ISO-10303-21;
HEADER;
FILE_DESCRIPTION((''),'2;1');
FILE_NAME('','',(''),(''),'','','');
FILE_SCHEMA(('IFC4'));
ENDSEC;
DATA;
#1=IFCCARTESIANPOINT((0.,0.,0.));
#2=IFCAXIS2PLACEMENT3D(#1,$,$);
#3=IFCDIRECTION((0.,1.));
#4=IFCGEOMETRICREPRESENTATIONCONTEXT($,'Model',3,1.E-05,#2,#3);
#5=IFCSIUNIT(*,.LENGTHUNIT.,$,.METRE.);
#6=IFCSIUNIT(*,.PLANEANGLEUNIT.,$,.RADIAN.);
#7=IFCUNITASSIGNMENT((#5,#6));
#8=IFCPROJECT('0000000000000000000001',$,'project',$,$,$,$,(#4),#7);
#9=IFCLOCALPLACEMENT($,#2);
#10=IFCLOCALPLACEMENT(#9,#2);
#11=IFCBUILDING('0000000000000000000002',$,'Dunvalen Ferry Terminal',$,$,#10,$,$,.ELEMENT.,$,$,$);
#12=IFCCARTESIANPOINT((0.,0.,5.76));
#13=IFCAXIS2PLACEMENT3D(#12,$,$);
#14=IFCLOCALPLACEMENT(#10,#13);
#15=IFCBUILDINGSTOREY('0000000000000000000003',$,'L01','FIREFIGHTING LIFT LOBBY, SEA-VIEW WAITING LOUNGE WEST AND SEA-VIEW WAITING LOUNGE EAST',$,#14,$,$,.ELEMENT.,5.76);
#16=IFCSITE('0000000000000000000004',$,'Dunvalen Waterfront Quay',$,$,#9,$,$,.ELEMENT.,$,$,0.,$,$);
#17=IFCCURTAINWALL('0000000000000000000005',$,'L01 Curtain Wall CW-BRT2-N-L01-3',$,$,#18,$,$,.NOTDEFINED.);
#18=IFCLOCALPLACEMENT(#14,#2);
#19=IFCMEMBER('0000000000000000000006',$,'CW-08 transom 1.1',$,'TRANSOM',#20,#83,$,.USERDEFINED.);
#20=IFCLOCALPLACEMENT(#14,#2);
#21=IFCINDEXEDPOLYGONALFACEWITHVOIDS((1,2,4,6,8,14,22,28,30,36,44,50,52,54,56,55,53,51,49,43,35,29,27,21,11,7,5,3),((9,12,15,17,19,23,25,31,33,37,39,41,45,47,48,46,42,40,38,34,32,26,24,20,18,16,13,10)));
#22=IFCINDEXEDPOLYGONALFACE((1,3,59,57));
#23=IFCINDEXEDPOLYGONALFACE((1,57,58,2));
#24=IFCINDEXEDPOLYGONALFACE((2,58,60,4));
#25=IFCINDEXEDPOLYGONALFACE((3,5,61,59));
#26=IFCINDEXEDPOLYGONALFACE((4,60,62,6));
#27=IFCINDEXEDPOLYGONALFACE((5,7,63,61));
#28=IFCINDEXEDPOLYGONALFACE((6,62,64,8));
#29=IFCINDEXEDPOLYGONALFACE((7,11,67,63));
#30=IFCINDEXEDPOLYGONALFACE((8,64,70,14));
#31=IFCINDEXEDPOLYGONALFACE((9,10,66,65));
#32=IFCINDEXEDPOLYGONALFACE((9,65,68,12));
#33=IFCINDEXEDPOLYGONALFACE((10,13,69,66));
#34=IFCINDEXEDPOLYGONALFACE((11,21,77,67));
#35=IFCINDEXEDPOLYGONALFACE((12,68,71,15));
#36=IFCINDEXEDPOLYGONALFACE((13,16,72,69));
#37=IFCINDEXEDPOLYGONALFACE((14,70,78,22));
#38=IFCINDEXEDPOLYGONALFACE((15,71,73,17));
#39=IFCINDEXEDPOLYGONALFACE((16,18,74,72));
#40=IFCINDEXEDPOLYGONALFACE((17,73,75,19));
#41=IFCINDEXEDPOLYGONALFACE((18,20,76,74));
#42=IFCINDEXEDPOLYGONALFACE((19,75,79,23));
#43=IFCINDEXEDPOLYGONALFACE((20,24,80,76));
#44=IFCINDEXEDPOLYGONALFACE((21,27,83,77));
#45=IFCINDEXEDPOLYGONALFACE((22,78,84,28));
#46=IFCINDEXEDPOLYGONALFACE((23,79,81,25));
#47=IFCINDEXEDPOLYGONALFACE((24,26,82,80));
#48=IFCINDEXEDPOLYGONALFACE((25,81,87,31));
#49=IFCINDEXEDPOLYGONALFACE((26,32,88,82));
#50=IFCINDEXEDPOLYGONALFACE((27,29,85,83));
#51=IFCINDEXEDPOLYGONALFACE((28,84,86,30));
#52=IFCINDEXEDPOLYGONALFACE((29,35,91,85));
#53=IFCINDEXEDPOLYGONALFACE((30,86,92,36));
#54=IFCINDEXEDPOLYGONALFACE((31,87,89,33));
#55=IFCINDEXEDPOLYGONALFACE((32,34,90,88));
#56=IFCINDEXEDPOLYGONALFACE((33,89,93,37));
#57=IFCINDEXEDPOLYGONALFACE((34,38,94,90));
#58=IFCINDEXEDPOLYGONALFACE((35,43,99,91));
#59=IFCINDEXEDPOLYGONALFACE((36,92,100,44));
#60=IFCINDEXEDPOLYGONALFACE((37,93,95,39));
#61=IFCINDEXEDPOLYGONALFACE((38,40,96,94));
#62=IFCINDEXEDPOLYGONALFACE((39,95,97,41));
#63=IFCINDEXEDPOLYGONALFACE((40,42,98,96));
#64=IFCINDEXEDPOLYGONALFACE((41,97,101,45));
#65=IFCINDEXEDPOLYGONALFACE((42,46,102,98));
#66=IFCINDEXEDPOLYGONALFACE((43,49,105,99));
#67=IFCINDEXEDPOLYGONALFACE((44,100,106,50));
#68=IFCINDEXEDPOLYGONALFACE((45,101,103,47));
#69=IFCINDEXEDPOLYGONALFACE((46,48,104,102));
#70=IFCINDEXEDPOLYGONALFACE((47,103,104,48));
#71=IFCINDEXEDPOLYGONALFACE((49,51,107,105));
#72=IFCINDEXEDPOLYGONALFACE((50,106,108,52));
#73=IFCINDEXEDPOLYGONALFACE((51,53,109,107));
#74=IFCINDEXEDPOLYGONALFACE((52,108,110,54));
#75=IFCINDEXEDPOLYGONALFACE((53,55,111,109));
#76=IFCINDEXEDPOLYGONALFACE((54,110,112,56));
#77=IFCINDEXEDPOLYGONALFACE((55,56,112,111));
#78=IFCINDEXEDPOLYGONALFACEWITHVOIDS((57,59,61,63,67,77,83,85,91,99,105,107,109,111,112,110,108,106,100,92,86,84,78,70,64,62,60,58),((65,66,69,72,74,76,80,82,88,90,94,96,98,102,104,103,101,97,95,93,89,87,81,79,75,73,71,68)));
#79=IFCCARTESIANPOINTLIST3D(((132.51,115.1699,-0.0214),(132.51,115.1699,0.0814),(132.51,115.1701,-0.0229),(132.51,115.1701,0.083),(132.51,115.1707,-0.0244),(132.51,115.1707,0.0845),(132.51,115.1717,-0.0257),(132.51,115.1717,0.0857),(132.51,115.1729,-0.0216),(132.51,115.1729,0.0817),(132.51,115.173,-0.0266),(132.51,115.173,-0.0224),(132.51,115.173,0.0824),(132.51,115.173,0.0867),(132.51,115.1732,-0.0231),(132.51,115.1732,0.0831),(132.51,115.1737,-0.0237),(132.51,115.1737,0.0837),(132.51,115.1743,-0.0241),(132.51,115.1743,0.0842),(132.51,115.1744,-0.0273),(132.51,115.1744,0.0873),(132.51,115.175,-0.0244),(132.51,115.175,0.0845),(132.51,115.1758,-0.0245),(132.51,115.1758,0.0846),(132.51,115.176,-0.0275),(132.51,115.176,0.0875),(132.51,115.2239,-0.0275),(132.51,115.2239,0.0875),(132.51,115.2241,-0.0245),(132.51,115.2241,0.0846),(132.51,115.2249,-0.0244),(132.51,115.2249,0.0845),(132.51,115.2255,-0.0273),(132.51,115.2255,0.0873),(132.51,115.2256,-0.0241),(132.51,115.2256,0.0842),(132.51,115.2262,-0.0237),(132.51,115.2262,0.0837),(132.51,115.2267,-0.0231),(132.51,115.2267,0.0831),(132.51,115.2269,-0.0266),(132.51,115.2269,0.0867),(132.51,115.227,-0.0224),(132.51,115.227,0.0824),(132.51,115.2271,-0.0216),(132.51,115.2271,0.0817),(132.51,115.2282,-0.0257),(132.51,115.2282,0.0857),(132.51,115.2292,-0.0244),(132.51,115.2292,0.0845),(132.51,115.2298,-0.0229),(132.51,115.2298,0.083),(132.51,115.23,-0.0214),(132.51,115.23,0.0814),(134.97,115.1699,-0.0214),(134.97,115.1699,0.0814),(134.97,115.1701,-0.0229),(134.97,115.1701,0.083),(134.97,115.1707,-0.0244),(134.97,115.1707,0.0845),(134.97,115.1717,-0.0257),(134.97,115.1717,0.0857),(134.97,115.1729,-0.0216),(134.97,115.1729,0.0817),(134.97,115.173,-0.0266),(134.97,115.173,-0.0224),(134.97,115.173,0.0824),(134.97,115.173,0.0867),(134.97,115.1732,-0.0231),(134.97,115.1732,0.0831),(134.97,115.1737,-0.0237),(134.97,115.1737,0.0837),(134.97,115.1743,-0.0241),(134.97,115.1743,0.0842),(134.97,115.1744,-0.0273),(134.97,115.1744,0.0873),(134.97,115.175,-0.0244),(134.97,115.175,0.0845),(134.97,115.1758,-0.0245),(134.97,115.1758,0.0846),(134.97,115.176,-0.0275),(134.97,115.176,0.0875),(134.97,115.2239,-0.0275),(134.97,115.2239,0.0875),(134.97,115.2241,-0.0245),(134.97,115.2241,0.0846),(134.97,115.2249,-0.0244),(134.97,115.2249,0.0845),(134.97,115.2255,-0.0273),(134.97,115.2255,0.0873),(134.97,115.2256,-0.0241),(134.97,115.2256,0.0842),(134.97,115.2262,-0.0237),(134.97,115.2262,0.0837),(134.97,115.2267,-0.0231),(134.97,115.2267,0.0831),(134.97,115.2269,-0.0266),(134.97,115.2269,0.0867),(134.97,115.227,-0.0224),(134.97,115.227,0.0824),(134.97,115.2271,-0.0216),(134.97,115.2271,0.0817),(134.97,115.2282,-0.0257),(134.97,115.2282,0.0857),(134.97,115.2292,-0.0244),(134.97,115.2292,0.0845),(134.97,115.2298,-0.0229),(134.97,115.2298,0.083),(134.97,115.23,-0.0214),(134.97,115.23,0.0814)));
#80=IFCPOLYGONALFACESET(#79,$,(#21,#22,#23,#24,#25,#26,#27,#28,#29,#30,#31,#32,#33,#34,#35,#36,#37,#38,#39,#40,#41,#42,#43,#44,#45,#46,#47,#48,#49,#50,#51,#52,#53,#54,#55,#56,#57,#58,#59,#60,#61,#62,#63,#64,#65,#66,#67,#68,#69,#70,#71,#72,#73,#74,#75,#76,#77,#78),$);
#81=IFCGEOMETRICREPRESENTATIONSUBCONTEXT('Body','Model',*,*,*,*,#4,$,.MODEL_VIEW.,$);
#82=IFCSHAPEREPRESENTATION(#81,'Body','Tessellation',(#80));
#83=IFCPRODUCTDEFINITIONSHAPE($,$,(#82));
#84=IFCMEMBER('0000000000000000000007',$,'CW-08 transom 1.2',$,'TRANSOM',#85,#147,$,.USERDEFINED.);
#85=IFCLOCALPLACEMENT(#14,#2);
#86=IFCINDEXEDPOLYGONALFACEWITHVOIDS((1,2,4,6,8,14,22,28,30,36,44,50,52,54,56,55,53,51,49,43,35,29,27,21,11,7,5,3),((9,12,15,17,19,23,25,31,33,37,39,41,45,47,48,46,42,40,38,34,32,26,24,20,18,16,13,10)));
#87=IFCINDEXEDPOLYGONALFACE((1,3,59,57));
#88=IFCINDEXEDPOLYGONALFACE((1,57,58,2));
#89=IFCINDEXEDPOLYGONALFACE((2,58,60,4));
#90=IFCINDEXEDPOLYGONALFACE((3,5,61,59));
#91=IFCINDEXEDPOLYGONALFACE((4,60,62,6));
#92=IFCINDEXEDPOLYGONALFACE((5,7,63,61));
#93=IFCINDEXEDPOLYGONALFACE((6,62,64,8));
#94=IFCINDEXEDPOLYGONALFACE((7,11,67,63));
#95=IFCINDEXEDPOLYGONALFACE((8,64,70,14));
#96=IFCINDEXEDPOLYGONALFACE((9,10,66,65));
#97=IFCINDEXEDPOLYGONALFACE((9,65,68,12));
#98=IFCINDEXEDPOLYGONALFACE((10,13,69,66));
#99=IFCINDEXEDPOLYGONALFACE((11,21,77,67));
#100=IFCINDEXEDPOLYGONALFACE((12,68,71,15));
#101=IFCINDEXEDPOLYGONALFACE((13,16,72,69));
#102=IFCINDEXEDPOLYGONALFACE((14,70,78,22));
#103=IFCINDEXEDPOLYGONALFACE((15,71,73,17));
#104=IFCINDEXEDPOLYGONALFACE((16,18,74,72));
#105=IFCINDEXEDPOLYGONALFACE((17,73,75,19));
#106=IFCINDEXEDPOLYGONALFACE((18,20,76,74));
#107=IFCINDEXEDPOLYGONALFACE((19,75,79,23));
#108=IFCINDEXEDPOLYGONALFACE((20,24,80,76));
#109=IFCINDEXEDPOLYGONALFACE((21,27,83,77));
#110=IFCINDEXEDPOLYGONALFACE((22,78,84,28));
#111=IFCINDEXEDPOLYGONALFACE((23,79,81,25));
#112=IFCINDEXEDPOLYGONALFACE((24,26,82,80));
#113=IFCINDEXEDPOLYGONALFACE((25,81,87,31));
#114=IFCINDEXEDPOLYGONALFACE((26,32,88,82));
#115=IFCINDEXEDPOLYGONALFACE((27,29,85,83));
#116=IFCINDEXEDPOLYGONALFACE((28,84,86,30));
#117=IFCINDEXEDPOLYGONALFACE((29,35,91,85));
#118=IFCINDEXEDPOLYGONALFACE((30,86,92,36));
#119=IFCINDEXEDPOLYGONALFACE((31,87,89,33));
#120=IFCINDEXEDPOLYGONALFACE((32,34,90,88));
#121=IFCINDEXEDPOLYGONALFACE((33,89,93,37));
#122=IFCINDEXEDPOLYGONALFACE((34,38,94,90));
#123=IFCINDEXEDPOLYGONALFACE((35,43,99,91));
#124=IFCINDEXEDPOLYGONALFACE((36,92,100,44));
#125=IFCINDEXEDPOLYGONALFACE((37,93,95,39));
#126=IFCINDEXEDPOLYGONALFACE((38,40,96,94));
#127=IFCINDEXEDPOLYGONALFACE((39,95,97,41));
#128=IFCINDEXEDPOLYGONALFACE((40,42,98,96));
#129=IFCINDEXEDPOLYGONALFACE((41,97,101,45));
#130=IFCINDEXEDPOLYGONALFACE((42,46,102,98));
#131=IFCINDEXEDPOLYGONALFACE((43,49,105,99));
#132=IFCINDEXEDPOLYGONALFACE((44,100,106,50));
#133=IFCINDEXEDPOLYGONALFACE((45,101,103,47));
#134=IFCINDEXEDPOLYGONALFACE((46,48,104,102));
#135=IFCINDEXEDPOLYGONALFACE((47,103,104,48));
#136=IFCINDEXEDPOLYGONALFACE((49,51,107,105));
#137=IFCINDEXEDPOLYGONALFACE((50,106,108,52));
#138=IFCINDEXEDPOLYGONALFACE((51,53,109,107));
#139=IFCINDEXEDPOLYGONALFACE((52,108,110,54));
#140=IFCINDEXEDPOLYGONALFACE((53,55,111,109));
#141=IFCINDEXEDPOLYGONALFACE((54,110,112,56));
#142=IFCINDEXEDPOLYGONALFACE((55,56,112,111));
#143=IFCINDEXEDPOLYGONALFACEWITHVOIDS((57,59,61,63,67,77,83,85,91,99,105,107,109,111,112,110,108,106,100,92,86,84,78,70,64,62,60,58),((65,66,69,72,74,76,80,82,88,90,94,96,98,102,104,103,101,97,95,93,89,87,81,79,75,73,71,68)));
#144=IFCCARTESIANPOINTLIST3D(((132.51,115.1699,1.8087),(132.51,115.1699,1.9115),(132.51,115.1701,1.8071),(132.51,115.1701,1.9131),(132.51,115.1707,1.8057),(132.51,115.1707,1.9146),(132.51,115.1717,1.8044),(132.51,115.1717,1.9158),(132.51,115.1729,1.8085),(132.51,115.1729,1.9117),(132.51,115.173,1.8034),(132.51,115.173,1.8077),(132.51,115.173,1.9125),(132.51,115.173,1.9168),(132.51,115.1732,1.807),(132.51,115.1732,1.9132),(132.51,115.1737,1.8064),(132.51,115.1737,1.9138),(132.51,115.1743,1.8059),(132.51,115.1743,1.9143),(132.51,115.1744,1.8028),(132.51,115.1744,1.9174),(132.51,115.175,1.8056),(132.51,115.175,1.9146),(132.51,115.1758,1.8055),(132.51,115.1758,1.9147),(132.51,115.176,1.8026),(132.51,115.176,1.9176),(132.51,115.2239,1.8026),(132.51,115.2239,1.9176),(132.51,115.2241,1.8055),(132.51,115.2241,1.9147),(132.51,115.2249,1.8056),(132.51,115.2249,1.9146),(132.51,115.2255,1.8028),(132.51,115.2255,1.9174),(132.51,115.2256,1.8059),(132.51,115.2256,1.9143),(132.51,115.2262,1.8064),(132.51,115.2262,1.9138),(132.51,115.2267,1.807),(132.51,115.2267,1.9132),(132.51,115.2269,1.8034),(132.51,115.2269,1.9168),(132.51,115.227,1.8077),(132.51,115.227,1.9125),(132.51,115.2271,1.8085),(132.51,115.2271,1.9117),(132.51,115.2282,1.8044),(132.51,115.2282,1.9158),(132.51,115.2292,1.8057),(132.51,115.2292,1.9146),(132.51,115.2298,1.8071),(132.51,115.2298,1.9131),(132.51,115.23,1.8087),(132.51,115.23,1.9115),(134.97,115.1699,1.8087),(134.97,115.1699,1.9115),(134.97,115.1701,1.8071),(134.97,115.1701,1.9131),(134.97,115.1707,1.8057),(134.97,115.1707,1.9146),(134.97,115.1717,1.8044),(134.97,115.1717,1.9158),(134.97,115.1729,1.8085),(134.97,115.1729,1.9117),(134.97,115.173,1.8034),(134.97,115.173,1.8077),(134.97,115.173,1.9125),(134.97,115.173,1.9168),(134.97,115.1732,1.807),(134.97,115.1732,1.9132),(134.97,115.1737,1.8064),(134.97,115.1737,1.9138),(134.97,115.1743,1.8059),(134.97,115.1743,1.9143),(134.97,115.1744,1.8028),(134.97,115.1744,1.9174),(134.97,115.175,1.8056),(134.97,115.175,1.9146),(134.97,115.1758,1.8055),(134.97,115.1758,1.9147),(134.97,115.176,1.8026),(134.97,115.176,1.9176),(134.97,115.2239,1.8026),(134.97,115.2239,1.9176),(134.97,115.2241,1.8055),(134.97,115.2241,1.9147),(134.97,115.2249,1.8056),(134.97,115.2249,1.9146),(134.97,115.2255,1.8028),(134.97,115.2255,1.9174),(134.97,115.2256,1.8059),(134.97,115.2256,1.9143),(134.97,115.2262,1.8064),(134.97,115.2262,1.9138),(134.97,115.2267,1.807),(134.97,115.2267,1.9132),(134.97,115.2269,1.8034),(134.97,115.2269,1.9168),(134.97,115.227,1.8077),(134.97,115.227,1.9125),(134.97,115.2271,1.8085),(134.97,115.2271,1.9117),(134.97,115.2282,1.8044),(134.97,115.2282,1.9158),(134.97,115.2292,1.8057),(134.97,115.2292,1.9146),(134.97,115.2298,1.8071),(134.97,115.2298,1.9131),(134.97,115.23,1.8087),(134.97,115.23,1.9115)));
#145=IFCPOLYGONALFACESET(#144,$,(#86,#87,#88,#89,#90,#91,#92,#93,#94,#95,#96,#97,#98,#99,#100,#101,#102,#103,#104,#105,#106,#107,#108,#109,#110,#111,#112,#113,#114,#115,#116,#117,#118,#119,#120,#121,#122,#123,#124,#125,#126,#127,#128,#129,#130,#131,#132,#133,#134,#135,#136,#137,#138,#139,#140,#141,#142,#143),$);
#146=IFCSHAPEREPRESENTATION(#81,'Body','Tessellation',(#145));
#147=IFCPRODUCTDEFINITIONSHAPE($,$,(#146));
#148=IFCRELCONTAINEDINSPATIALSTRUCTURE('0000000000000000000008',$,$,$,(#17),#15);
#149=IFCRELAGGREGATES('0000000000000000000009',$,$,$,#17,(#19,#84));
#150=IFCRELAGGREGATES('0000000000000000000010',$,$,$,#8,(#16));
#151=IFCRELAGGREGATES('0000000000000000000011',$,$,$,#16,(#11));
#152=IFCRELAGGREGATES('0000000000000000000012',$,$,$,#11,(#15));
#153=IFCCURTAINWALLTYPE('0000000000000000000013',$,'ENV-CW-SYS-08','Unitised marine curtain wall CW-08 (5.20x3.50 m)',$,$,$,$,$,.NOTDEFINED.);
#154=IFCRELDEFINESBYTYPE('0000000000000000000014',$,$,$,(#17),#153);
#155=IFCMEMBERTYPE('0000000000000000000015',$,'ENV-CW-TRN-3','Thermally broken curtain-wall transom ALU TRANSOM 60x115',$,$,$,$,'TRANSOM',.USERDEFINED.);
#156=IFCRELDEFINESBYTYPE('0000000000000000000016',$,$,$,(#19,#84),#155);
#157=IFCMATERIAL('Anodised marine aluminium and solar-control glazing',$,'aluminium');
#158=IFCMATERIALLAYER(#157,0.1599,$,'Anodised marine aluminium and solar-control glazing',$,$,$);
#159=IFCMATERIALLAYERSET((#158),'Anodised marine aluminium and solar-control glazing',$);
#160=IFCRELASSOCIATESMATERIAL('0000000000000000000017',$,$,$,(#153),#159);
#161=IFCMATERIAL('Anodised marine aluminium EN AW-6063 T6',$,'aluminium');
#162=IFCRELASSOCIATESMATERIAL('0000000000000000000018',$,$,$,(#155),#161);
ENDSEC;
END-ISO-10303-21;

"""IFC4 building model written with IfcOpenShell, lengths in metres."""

from ifc_helpers import new_model, si_unit, direction, frame, origin, origin_2d, place, context, subcontext, project, spatial, hollow_rectangle, extrude, material, layer, layer_set, material_profile, profile_set, type_object, element, aggregate, save


model = new_model("IFC4")

# Units and contexts
model_context = context("Model", 3, precision=1e-05, world=origin(), true_north=direction((0.0, 1.0)))
body_context = subcontext(model_context, "Body", "Model", "MODEL_VIEW")
ifc_project = project(units=[si_unit("LENGTHUNIT", "METRE"), si_unit("PLANEANGLEUNIT", "RADIAN")], contexts=[model_context])

# Site, building, storey
site_placement = place(None, origin())
site = spatial("IfcSite", under=ifc_project, at=site_placement, Name="Dunvalen Waterfront Quay", CompositionType="ELEMENT", RefElevation=0.0)
building_placement = place(site_placement, origin())
building = spatial("IfcBuilding", under=site, at=building_placement, Name="Dunvalen Ferry Terminal", CompositionType="ELEMENT")
storey_placement = place(building_placement, frame((0.0, 0.0, 5.76)))
storey = spatial("IfcBuildingStorey", under=building, at=storey_placement, Name="L01", Description="FIREFIGHTING LIFT LOBBY, SEA-VIEW WAITING LOUNGE WEST AND SEA-VIEW WAITING LOUNGE EAST", CompositionType="ELEMENT", Elevation=5.76)

# Curtain wall
ifc_material_1 = material(Name="Anodised marine aluminium and solar-control glazing", Category="aluminium")
ifc_layer_1 = layer(ifc_material_1, 0.1599, Name="Anodised marine aluminium and solar-control glazing")
ifc_layer_set_1 = layer_set([ifc_layer_1], Name="Anodised marine aluminium and solar-control glazing")
curtain_wall_type = type_object("IfcCurtainWallType", Name="ENV-CW-SYS-08", Description="Unitised marine curtain wall CW-08 (5.20x3.50 m)", PredefinedType="NOTDEFINED", material=ifc_layer_set_1)
curtain_wall_1_placement = place(storey_placement, origin())
curtain_wall_1 = element("IfcCurtainWall", 1, at=curtain_wall_1_placement, inside=storey, type_object=curtain_wall_type, Name="L01 Curtain Wall CW-BRT2-N-L01-3", PredefinedType="NOTDEFINED")
ifc_material_2 = material(Name="Anodised marine aluminium EN AW-6063 T6", Category="aluminium")

# Members
ifc_material_profile_1 = material_profile(ifc_material_2, hollow_rectangle(XDim=0.0601, YDim=0.115, WallThickness=0.0029, InnerFilletRadius=0.0029, OuterFilletRadius=0.0061, at=origin_2d()), Name="Anodised marine aluminium EN AW-6063 T6")
ifc_profile_set_1 = profile_set([ifc_material_profile_1], Name="Anodised marine aluminium EN AW-6063 T6")
member_type_1 = type_object("IfcMemberType", Name="ENV-CW-TRN-3", Description="Thermally broken curtain-wall transom ALU TRANSOM 60x115", ElementType="TRANSOM", PredefinedType="USERDEFINED", material=ifc_profile_set_1)
member_1_placement = place(storey_placement, frame((132.51, 115.2, 0.03), z_axis=(1.0, 0.0, 0.0), x_axis=(0.0, 1.0, 0.0)))
member_1 = element("IfcMember", 2, at=member_1_placement, type_object=member_type_1, Name="CW-08 transom 1.1", ObjectType="TRANSOM", PredefinedType="USERDEFINED", context=body_context, shape_type="SweptSolid", body=[
    extrude(hollow_rectangle(XDim=0.0601, YDim=0.115, WallThickness=0.0029, InnerFilletRadius=0.0029, OuterFilletRadius=0.0061, at=origin_2d()), origin(), (0.0, 0.0, 1.0), 2.46),
])
member_2_placement = place(storey_placement, frame((132.51, 115.2, 1.8601), z_axis=(1.0, 0.0, 0.0), x_axis=(0.0, 1.0, 0.0)))
member_2 = element("IfcMember", 3, at=member_2_placement, type_object=member_type_1, Name="CW-08 transom 1.2", ObjectType="TRANSOM", PredefinedType="USERDEFINED", context=body_context, shape_type="SweptSolid", body=[
    extrude(hollow_rectangle(XDim=0.0601, YDim=0.115, WallThickness=0.0029, InnerFilletRadius=0.0029, OuterFilletRadius=0.0061, at=origin_2d()), origin(), (0.0, 0.0, 1.0), 2.46),
])

aggregate(curtain_wall_1, [member_1, member_2])

save(model, "model.ifc")
